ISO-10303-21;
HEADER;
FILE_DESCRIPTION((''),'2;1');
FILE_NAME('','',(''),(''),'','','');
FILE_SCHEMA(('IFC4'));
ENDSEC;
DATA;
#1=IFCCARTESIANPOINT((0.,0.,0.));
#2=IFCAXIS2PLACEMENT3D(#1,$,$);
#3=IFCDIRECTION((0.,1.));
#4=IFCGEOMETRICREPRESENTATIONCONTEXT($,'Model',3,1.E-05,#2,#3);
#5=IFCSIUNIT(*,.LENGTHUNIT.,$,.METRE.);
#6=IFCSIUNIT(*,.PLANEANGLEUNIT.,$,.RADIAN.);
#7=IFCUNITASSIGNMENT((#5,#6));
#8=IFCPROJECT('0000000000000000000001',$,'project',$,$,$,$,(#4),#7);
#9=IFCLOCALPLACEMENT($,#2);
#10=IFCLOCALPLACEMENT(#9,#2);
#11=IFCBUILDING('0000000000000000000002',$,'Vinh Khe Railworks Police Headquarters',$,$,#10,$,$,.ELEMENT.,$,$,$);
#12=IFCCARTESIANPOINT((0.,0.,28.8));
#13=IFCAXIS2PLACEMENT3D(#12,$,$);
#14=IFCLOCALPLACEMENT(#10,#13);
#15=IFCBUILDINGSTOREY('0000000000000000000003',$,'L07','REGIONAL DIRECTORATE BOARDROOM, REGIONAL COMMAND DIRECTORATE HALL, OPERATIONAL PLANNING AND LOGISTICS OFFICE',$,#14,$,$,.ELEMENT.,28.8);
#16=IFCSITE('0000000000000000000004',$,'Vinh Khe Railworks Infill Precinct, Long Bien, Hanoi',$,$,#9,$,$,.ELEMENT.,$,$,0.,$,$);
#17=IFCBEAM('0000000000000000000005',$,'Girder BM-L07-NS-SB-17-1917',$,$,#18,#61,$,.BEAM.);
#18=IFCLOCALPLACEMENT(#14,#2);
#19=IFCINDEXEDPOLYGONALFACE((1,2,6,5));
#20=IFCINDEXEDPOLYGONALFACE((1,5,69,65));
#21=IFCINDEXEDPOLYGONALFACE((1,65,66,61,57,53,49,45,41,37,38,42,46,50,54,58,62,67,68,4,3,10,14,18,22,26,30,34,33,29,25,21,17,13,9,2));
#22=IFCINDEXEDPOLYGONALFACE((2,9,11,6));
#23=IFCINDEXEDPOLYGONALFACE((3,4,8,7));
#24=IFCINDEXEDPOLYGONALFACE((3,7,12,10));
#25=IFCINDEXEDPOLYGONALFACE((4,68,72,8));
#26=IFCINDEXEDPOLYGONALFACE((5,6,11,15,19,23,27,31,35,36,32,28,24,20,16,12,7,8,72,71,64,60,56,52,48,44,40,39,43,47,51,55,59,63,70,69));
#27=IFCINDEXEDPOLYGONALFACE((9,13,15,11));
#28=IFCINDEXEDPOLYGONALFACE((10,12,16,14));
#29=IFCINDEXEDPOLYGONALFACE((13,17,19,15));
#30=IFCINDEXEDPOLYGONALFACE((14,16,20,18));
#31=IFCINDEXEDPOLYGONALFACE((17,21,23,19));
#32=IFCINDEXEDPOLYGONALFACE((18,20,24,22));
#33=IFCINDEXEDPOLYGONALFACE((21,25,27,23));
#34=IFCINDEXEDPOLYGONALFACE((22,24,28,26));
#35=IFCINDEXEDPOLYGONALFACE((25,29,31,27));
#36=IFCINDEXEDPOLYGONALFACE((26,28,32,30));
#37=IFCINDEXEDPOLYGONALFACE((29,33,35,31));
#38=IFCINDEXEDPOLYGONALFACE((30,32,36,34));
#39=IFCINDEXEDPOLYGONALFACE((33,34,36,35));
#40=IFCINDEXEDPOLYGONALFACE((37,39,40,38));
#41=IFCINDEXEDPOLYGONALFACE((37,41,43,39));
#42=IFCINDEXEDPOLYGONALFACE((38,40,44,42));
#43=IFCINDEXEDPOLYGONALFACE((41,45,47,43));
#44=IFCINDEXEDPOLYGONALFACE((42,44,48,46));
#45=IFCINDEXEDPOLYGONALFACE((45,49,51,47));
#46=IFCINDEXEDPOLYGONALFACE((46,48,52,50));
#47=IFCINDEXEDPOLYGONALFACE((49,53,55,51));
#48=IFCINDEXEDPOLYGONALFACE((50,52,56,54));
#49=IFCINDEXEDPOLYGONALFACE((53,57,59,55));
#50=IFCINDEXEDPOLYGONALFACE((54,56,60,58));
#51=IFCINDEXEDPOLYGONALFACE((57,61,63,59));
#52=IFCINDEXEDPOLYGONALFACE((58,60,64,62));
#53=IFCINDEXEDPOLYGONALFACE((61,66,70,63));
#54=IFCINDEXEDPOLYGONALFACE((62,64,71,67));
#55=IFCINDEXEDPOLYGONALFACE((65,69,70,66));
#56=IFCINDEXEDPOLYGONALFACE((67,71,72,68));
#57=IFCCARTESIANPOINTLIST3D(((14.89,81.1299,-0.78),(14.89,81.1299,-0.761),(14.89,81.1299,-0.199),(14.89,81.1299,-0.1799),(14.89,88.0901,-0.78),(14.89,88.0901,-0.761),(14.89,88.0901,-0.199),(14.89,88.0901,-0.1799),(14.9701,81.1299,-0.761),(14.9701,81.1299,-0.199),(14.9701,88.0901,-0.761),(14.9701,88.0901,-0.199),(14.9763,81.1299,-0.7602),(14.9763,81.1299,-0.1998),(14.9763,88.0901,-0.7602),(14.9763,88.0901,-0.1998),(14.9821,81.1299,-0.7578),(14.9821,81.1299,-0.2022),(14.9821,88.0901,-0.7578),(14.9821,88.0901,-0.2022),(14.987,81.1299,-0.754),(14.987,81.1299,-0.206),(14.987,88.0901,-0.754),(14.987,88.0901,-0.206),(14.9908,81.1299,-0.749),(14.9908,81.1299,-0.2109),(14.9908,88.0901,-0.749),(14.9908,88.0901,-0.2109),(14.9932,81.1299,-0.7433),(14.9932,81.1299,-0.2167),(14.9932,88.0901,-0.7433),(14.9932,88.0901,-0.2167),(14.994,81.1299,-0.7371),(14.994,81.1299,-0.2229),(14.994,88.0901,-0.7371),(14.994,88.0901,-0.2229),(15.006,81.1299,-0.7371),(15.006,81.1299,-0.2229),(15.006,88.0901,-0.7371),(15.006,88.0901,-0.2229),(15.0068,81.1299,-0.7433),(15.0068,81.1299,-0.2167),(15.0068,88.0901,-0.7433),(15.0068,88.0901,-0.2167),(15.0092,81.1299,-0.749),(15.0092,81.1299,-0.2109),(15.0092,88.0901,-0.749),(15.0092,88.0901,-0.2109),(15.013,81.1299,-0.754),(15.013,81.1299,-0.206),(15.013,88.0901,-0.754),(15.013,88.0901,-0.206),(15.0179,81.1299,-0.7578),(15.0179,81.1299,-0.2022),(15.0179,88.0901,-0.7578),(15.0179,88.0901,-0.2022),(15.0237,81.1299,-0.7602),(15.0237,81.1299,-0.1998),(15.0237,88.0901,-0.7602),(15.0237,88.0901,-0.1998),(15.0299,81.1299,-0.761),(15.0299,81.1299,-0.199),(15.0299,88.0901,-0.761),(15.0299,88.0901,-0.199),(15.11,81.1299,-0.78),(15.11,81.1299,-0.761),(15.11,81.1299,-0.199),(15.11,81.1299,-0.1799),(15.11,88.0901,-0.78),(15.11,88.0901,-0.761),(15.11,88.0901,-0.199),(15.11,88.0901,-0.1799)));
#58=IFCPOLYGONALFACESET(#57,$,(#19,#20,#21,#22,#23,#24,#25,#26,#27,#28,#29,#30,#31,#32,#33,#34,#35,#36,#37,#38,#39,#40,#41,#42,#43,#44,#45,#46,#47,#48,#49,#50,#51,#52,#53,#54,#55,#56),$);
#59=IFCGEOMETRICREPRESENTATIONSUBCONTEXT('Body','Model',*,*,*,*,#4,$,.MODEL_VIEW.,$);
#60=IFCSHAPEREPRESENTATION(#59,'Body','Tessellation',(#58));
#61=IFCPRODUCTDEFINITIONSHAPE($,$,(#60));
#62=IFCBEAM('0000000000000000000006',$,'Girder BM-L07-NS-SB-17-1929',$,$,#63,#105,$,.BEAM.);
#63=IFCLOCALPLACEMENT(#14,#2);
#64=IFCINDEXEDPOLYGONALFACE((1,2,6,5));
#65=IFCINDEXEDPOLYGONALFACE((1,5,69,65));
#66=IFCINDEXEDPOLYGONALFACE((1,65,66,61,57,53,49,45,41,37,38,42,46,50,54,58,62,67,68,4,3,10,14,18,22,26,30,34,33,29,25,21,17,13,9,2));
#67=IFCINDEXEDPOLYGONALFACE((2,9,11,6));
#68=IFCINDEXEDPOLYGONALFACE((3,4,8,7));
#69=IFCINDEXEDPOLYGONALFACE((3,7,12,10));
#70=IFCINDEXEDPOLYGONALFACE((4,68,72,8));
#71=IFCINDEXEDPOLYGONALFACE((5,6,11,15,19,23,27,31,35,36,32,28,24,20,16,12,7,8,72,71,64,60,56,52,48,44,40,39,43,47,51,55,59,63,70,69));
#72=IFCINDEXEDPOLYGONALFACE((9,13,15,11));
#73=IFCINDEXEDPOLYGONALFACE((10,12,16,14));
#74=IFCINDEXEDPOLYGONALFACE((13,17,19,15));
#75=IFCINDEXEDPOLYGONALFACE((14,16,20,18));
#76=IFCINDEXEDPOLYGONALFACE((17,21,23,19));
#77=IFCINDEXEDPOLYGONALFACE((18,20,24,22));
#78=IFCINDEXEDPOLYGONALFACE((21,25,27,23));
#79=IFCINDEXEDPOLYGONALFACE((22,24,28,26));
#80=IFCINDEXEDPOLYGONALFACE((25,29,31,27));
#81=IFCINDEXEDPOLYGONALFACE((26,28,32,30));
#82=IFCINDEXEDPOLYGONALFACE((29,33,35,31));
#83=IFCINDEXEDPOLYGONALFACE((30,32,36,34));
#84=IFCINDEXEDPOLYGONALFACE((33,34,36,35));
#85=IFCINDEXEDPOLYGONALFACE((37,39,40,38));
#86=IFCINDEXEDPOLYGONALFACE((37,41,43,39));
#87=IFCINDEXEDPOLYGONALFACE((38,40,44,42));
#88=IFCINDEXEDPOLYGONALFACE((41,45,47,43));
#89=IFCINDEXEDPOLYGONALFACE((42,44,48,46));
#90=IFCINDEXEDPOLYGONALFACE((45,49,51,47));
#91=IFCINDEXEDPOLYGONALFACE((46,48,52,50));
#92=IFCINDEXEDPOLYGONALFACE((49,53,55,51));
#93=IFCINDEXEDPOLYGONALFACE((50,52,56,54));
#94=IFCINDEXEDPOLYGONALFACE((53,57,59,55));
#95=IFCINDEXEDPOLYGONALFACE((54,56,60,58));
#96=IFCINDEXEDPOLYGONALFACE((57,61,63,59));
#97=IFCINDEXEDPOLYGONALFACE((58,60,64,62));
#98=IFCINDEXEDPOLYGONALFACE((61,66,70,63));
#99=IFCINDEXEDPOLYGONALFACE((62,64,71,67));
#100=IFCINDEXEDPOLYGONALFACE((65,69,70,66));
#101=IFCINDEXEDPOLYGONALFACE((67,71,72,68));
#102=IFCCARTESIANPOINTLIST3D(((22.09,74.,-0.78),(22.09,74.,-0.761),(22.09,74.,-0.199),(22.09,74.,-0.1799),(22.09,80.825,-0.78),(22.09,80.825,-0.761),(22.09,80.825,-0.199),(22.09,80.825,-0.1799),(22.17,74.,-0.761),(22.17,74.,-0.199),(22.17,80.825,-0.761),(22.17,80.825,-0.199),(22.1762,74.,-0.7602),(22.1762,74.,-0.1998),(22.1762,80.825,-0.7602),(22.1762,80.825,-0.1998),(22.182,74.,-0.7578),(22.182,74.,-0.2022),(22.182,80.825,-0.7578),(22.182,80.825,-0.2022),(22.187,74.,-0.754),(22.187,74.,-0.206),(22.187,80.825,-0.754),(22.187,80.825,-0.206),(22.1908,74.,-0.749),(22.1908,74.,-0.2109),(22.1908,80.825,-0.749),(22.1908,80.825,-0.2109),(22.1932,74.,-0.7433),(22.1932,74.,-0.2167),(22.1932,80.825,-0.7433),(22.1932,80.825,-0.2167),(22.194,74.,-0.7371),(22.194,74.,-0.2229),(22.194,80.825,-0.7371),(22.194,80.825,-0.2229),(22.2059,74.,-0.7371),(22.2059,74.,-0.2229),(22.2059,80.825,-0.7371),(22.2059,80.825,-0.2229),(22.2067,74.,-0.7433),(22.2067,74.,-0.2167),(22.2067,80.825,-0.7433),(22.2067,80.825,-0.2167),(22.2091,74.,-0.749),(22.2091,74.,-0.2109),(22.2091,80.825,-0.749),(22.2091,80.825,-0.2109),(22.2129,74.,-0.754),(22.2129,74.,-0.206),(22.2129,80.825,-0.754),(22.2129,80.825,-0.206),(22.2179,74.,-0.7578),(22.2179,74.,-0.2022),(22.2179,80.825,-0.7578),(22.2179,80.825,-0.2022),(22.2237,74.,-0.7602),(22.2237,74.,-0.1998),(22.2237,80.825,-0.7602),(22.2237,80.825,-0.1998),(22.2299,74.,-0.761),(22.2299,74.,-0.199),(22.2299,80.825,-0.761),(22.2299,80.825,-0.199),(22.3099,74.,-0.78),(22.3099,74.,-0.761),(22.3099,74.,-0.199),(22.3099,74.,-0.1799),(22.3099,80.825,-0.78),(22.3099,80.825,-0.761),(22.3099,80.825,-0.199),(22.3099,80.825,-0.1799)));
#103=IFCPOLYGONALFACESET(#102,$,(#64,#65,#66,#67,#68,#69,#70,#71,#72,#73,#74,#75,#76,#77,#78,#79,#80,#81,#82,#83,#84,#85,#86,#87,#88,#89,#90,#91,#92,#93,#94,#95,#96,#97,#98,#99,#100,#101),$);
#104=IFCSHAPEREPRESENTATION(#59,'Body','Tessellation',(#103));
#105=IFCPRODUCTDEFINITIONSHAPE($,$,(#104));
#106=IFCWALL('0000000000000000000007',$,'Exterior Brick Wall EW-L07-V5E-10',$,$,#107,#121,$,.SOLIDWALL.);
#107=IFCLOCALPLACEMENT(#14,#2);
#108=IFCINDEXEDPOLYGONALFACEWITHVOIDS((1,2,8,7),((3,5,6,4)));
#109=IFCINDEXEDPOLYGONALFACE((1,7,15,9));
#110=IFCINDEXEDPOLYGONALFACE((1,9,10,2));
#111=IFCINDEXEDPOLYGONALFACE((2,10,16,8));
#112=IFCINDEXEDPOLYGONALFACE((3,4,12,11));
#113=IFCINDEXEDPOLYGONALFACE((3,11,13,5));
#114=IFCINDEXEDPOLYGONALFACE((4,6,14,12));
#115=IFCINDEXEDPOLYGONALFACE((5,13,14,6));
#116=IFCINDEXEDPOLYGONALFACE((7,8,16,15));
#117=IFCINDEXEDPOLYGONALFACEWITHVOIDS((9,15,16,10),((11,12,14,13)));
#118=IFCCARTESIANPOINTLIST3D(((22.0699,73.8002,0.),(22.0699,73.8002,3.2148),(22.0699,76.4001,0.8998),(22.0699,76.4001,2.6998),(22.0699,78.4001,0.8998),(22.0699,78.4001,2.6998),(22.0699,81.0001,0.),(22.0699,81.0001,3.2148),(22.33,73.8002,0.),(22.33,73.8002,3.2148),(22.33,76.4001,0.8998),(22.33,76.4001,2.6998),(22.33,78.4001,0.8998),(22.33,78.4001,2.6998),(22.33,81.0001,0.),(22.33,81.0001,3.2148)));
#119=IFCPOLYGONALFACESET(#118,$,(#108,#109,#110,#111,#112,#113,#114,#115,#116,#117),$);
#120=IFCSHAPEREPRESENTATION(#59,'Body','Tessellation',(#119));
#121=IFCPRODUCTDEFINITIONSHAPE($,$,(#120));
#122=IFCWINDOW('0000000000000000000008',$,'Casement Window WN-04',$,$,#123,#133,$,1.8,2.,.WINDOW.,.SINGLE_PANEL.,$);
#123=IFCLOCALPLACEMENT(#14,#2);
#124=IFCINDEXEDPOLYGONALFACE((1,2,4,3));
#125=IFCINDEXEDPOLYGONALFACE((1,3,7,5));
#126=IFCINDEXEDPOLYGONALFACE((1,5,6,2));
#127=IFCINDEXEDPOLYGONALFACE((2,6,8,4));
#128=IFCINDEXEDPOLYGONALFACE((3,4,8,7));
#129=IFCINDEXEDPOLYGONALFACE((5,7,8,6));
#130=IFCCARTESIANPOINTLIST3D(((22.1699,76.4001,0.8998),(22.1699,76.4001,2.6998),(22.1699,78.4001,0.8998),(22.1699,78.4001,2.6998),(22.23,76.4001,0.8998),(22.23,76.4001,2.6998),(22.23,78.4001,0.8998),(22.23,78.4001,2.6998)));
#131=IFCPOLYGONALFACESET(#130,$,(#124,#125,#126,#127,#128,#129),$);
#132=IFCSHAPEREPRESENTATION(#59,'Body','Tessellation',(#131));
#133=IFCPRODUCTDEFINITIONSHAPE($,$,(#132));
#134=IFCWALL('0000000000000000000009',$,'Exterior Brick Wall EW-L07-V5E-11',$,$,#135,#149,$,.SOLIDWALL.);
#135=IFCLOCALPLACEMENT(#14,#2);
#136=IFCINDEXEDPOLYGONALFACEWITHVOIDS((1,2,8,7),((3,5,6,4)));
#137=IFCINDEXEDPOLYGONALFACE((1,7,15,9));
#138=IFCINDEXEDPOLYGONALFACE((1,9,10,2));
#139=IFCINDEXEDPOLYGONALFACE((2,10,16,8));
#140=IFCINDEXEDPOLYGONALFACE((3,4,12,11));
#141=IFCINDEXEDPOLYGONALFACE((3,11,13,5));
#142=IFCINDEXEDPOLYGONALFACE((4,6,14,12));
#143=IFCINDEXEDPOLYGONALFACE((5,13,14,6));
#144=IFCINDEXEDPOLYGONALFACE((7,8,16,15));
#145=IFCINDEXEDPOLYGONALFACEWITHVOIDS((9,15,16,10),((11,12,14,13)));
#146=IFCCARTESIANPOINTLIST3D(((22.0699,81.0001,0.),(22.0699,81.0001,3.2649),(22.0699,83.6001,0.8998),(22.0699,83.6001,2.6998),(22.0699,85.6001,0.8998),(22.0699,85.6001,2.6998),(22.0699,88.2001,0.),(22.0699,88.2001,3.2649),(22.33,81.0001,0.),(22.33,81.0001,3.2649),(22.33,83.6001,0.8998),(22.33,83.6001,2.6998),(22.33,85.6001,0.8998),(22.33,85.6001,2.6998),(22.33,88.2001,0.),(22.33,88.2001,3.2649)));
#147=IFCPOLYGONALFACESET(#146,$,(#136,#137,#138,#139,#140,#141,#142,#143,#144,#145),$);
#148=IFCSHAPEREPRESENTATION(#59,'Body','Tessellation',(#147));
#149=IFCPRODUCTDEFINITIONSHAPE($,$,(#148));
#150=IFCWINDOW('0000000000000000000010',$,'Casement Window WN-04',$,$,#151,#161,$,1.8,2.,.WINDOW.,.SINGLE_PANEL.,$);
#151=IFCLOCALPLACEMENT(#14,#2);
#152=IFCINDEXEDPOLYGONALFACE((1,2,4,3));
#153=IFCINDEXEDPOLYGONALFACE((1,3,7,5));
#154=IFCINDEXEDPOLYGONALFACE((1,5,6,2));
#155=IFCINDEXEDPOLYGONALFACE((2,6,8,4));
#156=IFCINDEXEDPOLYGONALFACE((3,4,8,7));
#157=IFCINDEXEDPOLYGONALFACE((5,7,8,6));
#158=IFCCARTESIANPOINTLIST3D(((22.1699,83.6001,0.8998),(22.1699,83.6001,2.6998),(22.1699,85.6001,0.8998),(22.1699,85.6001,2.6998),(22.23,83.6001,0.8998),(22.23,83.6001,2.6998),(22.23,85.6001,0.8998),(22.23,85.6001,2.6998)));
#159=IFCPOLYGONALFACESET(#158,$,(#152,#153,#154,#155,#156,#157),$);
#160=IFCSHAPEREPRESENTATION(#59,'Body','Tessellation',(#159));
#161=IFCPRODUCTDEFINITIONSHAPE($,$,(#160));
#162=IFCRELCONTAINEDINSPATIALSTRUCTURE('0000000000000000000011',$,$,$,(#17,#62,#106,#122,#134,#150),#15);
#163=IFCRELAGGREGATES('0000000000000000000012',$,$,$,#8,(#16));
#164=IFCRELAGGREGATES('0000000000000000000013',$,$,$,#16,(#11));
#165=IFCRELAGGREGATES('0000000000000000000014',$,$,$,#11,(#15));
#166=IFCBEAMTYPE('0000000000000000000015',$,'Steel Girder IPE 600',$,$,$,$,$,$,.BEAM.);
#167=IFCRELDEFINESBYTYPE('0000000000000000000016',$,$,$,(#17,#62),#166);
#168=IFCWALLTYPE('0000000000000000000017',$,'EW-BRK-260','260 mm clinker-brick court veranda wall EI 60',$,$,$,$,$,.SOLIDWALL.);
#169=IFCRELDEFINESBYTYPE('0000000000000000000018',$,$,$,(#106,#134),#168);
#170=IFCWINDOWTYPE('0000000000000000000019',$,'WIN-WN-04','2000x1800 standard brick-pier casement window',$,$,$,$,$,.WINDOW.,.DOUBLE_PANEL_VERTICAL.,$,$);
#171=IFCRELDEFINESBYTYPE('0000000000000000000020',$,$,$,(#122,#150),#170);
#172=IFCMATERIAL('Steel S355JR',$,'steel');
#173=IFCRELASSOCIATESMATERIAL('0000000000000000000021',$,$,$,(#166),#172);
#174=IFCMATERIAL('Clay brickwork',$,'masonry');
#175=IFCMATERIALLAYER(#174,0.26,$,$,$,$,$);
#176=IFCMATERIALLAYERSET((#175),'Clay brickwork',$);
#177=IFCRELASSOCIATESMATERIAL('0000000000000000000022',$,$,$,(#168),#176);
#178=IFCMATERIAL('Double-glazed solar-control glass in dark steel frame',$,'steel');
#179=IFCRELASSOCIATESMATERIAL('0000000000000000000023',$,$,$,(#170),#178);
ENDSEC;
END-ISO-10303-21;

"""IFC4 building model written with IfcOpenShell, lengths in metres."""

from ifc_helpers import new_model, si_unit, direction, frame, frame_2d, origin, origin_2d, place, context, subcontext, project, spatial, rectangle, i_section, extrude, material, layer, layer_set, material_profile, profile_set, type_object, element, fill, save


model = new_model("IFC4")

# Units and contexts
model_context = context("Model", 3, precision=1e-05, world=origin(), true_north=direction((0.0, 1.0)))
body_context = subcontext(model_context, "Body", "Model", "MODEL_VIEW")
ifc_project = project(units=[si_unit("LENGTHUNIT", "METRE"), si_unit("PLANEANGLEUNIT", "RADIAN")], contexts=[model_context])

# Site, building, storey
site_placement = place(None, origin())
site = spatial("IfcSite", under=ifc_project, at=site_placement, Name="Vinh Khe Railworks Infill Precinct, Long Bien, Hanoi", CompositionType="ELEMENT", RefElevation=0.0)
building_placement = place(site_placement, origin())
building = spatial("IfcBuilding", under=site, at=building_placement, Name="Vinh Khe Railworks Police Headquarters", CompositionType="ELEMENT")
storey_placement = place(building_placement, frame((0.0, 0.0, 28.8)))
storey = spatial("IfcBuildingStorey", under=building, at=storey_placement, Name="L07", Description="REGIONAL DIRECTORATE BOARDROOM, REGIONAL COMMAND DIRECTORATE HALL, OPERATIONAL PLANNING AND LOGISTICS OFFICE", CompositionType="ELEMENT", Elevation=28.8)

# Shared definitions
ifc_material_1 = material(Name="Steel S355JR", Category="steel")

# Beams
ifc_material_profile_1 = material_profile(ifc_material_1, i_section(OverallWidth=0.22, OverallDepth=0.6001, WebThickness=0.012, FlangeThickness=0.019, FilletRadius=0.0239, at=origin_2d()), Name="IPE 600")
ifc_profile_set_1 = profile_set([ifc_material_profile_1], Name="Steel S355JR")
beam_type_1 = type_object("IfcBeamType", Name="Steel Girder IPE 600", PredefinedType="BEAM", material=ifc_profile_set_1)
beam_1_placement = place(storey_placement, frame((15.0, 81.1299, -0.48), z_axis=(0.0, 1.0, 0.0), x_axis=(-1.0, 0.0, 0.0)))
element("IfcBeam", 1, at=beam_1_placement, inside=storey, type_object=beam_type_1, Name="Girder BM-L07-NS-SB-17-1917", PredefinedType="BEAM", context=body_context, shape_type="SweptSolid", body=[
    extrude(i_section(OverallWidth=0.22, OverallDepth=0.6001, WebThickness=0.012, FlangeThickness=0.019, FilletRadius=0.0239, at=origin_2d()), origin(), (0.0, 0.0, 1.0), 6.9602),
])
beam_2_placement = place(storey_placement, frame((22.2, 74.0, -0.48), z_axis=(0.0, 1.0, 0.0), x_axis=(-1.0, 0.0, 0.0)))
element("IfcBeam", 2, at=beam_2_placement, inside=storey, type_object=beam_type_1, Name="Girder BM-L07-NS-SB-17-1929", PredefinedType="BEAM", context=body_context, shape_type="SweptSolid", body=[
    extrude(i_section(OverallWidth=0.22, OverallDepth=0.6001, WebThickness=0.012, FlangeThickness=0.019, FilletRadius=0.0239, at=origin_2d()), origin(), (0.0, 0.0, 1.0), 6.825),
])

# Walls, openings, windows
ifc_material_2 = material(Name="Clay brickwork", Category="masonry")
ifc_layer_1 = layer(ifc_material_2, 0.26)
ifc_layer_set_1 = layer_set([ifc_layer_1], Name="Clay brickwork")
wall_type_1 = type_object("IfcWallType", Name="EW-BRK-260", Description="260 mm clinker-brick court veranda wall EI 60", PredefinedType="SOLIDWALL", material=ifc_layer_set_1)
wall_1_placement = place(storey_placement, frame((22.2, 73.8, 0.0), z_axis=(0.0, 0.0, 1.0), x_axis=(0.0, 1.0, 0.0)))
wall_1 = element("IfcWall", 3, at=wall_1_placement, inside=storey, type_object=wall_type_1, Name="Exterior Brick Wall EW-L07-V5E-10", PredefinedType="SOLIDWALL", context=body_context, shape_type="SweptSolid", body=[
    extrude(rectangle(XDim=7.2, YDim=0.26, at=frame_2d((3.6001, 0.0))), origin(), (0.0, 0.0, 1.0), 3.2148),
])
opening_1_placement = place(wall_1_placement, frame((2.6001, 0.0, 0.8999)))
opening_1 = element("IfcOpeningElement", 4, at=opening_1_placement, cuts=wall_1, PredefinedType="OPENING", context=body_context, shape_type="SweptSolid", body=[
    extrude(rectangle(XDim=2.0, YDim=1.8, at=frame_2d((1.0, 0.8999))), frame((0.0, 0.145, 0.0), z_axis=(0.0, -1.0, 0.0), x_axis=(1.0, 0.0, 0.0)), (0.0, 0.0, 1.0), 0.2898),
])
ifc_material_3 = material(Name="Double-glazed solar-control glass in dark steel frame", Category="steel")
window_type_1 = type_object("IfcWindowType", Name="WIN-WN-04", Description="2000x1800 standard brick-pier casement window", PartitioningType="DOUBLE_PANEL_VERTICAL", PredefinedType="WINDOW", material=ifc_material_3)
window_1_placement = place(opening_1_placement, origin())
window_1 = element("IfcWindow", 5, at=window_1_placement, inside=storey, type_object=window_type_1, Name="Casement Window WN-04", OverallHeight=1.8, OverallWidth=2.0, PartitioningType="SINGLE_PANEL", PredefinedType="WINDOW", context=body_context, shape_type="SweptSolid", body=[
    extrude(rectangle(XDim=2.0, YDim=1.8, at=frame_2d((1.0, 0.8999))), frame((0.0, 0.03, 0.0), z_axis=(0.0, -1.0, 0.0), x_axis=(1.0, 0.0, 0.0)), (0.0, 0.0, 1.0), 0.0601),
])
fill(opening_1, window_1)
wall_2_placement = place(storey_placement, frame((22.2, 81.0, 0.0), z_axis=(0.0, 0.0, 1.0), x_axis=(0.0, 1.0, 0.0)))
wall_2 = element("IfcWall", 6, at=wall_2_placement, inside=storey, type_object=wall_type_1, Name="Exterior Brick Wall EW-L07-V5E-11", PredefinedType="SOLIDWALL", context=body_context, shape_type="SweptSolid", body=[
    extrude(rectangle(XDim=7.2, YDim=0.26, at=frame_2d((3.6001, 0.0))), origin(), (0.0, 0.0, 1.0), 3.2649),
])
opening_2_placement = place(wall_2_placement, frame((2.6001, 0.0, 0.8999)))
opening_2 = element("IfcOpeningElement", 7, at=opening_2_placement, cuts=wall_2, PredefinedType="OPENING", context=body_context, shape_type="SweptSolid", body=[
    extrude(rectangle(XDim=2.0, YDim=1.8, at=frame_2d((1.0, 0.8999))), frame((0.0, 0.145, 0.0), z_axis=(0.0, -1.0, 0.0), x_axis=(1.0, 0.0, 0.0)), (0.0, 0.0, 1.0), 0.2898),
])
window_2_placement = place(opening_2_placement, origin())
window_2 = element("IfcWindow", 8, at=window_2_placement, inside=storey, type_object=window_type_1, Name="Casement Window WN-04", OverallHeight=1.8, OverallWidth=2.0, PartitioningType="SINGLE_PANEL", PredefinedType="WINDOW", context=body_context, shape_type="SweptSolid", body=[
    extrude(rectangle(XDim=2.0, YDim=1.8, at=frame_2d((1.0, 0.8999))), frame((0.0, 0.03, 0.0), z_axis=(0.0, -1.0, 0.0), x_axis=(1.0, 0.0, 0.0)), (0.0, 0.0, 1.0), 0.0601),
])
fill(opening_2, window_2)

save(model, "model.ifc")
